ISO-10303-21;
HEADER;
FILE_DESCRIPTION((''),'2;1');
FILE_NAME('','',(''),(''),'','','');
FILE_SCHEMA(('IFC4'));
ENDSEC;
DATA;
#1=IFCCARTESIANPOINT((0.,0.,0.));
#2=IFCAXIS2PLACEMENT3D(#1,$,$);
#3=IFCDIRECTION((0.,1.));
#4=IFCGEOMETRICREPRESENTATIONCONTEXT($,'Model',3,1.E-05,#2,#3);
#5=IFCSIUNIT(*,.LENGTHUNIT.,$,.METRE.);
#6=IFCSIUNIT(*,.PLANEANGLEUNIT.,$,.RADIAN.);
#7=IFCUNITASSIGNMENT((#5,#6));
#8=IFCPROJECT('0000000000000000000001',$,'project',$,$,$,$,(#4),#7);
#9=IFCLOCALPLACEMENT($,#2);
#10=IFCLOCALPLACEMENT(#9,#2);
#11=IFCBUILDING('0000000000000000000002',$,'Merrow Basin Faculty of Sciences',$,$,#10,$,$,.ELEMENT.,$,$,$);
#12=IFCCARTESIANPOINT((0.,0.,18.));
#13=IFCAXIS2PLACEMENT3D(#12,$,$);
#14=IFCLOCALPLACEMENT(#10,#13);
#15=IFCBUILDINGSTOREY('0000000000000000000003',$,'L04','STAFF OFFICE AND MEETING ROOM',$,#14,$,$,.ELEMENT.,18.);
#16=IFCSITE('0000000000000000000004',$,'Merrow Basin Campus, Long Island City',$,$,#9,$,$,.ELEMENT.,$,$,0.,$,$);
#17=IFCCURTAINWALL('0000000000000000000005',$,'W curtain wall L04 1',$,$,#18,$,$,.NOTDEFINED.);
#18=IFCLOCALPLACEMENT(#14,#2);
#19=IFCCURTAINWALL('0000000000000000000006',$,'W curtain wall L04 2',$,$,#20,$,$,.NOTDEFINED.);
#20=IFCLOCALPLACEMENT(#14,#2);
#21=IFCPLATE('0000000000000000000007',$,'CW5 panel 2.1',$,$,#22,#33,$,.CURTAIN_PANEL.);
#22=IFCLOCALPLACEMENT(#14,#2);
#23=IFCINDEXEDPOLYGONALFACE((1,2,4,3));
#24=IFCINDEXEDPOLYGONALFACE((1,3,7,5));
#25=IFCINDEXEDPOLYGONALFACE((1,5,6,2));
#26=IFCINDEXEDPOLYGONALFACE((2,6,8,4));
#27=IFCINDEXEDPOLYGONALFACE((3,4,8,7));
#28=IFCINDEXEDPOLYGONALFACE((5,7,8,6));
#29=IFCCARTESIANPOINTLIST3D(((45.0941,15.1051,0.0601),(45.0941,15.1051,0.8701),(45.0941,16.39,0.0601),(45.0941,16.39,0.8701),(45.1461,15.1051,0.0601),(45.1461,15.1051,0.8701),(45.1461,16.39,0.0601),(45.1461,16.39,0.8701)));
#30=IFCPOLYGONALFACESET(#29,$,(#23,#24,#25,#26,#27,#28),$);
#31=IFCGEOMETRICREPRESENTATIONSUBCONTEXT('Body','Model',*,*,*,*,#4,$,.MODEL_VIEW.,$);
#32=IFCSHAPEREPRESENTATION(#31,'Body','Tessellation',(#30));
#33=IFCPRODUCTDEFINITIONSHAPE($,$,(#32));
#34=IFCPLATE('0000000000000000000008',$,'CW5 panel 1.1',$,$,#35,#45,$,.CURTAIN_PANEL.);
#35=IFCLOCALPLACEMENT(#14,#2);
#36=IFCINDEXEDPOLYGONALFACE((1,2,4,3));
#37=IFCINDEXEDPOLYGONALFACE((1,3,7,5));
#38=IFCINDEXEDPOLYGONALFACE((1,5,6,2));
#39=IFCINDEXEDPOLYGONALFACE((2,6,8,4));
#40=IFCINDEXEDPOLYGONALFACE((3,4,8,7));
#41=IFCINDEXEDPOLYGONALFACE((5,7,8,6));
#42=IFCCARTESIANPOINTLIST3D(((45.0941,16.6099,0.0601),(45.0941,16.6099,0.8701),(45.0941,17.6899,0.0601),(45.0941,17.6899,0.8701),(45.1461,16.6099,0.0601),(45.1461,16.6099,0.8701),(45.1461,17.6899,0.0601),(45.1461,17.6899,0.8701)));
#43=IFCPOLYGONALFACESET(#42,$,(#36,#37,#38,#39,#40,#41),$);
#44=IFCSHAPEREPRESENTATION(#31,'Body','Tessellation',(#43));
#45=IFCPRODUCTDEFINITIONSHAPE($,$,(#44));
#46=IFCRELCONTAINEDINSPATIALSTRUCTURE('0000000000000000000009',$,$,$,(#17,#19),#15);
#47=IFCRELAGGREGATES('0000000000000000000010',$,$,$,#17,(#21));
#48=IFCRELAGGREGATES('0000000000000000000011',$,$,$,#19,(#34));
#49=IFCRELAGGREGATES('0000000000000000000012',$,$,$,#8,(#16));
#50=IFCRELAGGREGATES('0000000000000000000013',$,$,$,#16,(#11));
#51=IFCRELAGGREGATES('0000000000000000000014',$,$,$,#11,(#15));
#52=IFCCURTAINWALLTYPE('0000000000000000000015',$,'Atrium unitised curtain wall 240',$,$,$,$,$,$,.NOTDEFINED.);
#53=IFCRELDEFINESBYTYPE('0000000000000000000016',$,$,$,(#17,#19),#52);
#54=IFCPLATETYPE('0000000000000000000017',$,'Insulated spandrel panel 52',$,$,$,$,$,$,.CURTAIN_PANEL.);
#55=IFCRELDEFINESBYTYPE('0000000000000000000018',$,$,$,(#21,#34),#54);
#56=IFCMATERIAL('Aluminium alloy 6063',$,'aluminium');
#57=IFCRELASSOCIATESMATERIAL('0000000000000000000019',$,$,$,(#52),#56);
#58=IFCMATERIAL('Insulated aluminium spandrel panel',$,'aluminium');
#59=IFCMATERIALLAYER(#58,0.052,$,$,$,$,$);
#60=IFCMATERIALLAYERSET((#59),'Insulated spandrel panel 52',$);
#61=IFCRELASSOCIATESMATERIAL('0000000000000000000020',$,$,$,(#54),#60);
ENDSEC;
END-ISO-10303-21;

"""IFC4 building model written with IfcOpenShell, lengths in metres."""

from ifc_helpers import new_model, si_unit, direction, frame, origin, origin_2d, place, context, subcontext, project, spatial, rectangle, extrude, material, layer, layer_set, type_object, element, aggregate, save


model = new_model("IFC4")

# Units and contexts
model_context = context("Model", 3, precision=1e-05, world=origin(), true_north=direction((0.0, 1.0)))
body_context = subcontext(model_context, "Body", "Model", "MODEL_VIEW")
ifc_project = project(units=[si_unit("LENGTHUNIT", "METRE"), si_unit("PLANEANGLEUNIT", "RADIAN")], contexts=[model_context])

# Site, building, storey
site_placement = place(None, origin())
site = spatial("IfcSite", under=ifc_project, at=site_placement, Name="Merrow Basin Campus, Long Island City", CompositionType="ELEMENT", RefElevation=0.0)
building_placement = place(site_placement, origin())
building = spatial("IfcBuilding", under=site, at=building_placement, Name="Merrow Basin Faculty of Sciences", CompositionType="ELEMENT")
storey_placement = place(building_placement, frame((0.0, 0.0, 18.0)))
storey = spatial("IfcBuildingStorey", under=building, at=storey_placement, Name="L04", Description="STAFF OFFICE AND MEETING ROOM", CompositionType="ELEMENT", Elevation=18.0)

# Curtain wall
ifc_material_1 = material(Name="Aluminium alloy 6063", Category="aluminium")
curtain_wall_type = type_object("IfcCurtainWallType", Name="Atrium unitised curtain wall 240", PredefinedType="NOTDEFINED", material=ifc_material_1)
curtain_wall_1_placement = place(storey_placement, origin())
curtain_wall_1 = element("IfcCurtainWall", 1, at=curtain_wall_1_placement, inside=storey, type_object=curtain_wall_type, Name="W curtain wall L04 1", PredefinedType="NOTDEFINED")

# Curtain wall
curtain_wall_2_placement = place(storey_placement, origin())
curtain_wall_2 = element("IfcCurtainWall", 2, at=curtain_wall_2_placement, inside=storey, type_object=curtain_wall_type, Name="W curtain wall L04 2", PredefinedType="NOTDEFINED")

# Plates
ifc_material_2 = material(Name="Insulated aluminium spandrel panel", Category="aluminium")
ifc_layer_1 = layer(ifc_material_2, 0.052)
ifc_layer_set_1 = layer_set([ifc_layer_1], Name="Insulated spandrel panel 52")
plate_type_1 = type_object("IfcPlateType", Name="Insulated spandrel panel 52", PredefinedType="CURTAIN_PANEL", material=ifc_layer_set_1)
plate_1_placement = place(storey_placement, frame((45.1201, 15.7476, 0.0601), z_axis=(0.0, 0.0, 1.0), x_axis=(0.0, 1.0, 0.0)))
plate_1 = element("IfcPlate", 3, at=plate_1_placement, type_object=plate_type_1, Name="CW5 panel 2.1", PredefinedType="CURTAIN_PANEL", context=body_context, shape_type="SweptSolid", body=[
    extrude(rectangle(XDim=1.2849, YDim=0.052, at=origin_2d()), origin(), (0.0, 0.0, 1.0), 0.8101),
])
aggregate(curtain_wall_1, [plate_1])
plate_2_placement = place(storey_placement, frame((45.1201, 17.1499, 0.0601), z_axis=(0.0, 0.0, 1.0), x_axis=(0.0, 1.0, 0.0)))
plate_2 = element("IfcPlate", 4, at=plate_2_placement, type_object=plate_type_1, Name="CW5 panel 1.1", PredefinedType="CURTAIN_PANEL", context=body_context, shape_type="SweptSolid", body=[
    extrude(rectangle(XDim=1.0801, YDim=0.052, at=origin_2d()), origin(), (0.0, 0.0, 1.0), 0.8101),
])
aggregate(curtain_wall_2, [plate_2])

save(model, "model.ifc")
